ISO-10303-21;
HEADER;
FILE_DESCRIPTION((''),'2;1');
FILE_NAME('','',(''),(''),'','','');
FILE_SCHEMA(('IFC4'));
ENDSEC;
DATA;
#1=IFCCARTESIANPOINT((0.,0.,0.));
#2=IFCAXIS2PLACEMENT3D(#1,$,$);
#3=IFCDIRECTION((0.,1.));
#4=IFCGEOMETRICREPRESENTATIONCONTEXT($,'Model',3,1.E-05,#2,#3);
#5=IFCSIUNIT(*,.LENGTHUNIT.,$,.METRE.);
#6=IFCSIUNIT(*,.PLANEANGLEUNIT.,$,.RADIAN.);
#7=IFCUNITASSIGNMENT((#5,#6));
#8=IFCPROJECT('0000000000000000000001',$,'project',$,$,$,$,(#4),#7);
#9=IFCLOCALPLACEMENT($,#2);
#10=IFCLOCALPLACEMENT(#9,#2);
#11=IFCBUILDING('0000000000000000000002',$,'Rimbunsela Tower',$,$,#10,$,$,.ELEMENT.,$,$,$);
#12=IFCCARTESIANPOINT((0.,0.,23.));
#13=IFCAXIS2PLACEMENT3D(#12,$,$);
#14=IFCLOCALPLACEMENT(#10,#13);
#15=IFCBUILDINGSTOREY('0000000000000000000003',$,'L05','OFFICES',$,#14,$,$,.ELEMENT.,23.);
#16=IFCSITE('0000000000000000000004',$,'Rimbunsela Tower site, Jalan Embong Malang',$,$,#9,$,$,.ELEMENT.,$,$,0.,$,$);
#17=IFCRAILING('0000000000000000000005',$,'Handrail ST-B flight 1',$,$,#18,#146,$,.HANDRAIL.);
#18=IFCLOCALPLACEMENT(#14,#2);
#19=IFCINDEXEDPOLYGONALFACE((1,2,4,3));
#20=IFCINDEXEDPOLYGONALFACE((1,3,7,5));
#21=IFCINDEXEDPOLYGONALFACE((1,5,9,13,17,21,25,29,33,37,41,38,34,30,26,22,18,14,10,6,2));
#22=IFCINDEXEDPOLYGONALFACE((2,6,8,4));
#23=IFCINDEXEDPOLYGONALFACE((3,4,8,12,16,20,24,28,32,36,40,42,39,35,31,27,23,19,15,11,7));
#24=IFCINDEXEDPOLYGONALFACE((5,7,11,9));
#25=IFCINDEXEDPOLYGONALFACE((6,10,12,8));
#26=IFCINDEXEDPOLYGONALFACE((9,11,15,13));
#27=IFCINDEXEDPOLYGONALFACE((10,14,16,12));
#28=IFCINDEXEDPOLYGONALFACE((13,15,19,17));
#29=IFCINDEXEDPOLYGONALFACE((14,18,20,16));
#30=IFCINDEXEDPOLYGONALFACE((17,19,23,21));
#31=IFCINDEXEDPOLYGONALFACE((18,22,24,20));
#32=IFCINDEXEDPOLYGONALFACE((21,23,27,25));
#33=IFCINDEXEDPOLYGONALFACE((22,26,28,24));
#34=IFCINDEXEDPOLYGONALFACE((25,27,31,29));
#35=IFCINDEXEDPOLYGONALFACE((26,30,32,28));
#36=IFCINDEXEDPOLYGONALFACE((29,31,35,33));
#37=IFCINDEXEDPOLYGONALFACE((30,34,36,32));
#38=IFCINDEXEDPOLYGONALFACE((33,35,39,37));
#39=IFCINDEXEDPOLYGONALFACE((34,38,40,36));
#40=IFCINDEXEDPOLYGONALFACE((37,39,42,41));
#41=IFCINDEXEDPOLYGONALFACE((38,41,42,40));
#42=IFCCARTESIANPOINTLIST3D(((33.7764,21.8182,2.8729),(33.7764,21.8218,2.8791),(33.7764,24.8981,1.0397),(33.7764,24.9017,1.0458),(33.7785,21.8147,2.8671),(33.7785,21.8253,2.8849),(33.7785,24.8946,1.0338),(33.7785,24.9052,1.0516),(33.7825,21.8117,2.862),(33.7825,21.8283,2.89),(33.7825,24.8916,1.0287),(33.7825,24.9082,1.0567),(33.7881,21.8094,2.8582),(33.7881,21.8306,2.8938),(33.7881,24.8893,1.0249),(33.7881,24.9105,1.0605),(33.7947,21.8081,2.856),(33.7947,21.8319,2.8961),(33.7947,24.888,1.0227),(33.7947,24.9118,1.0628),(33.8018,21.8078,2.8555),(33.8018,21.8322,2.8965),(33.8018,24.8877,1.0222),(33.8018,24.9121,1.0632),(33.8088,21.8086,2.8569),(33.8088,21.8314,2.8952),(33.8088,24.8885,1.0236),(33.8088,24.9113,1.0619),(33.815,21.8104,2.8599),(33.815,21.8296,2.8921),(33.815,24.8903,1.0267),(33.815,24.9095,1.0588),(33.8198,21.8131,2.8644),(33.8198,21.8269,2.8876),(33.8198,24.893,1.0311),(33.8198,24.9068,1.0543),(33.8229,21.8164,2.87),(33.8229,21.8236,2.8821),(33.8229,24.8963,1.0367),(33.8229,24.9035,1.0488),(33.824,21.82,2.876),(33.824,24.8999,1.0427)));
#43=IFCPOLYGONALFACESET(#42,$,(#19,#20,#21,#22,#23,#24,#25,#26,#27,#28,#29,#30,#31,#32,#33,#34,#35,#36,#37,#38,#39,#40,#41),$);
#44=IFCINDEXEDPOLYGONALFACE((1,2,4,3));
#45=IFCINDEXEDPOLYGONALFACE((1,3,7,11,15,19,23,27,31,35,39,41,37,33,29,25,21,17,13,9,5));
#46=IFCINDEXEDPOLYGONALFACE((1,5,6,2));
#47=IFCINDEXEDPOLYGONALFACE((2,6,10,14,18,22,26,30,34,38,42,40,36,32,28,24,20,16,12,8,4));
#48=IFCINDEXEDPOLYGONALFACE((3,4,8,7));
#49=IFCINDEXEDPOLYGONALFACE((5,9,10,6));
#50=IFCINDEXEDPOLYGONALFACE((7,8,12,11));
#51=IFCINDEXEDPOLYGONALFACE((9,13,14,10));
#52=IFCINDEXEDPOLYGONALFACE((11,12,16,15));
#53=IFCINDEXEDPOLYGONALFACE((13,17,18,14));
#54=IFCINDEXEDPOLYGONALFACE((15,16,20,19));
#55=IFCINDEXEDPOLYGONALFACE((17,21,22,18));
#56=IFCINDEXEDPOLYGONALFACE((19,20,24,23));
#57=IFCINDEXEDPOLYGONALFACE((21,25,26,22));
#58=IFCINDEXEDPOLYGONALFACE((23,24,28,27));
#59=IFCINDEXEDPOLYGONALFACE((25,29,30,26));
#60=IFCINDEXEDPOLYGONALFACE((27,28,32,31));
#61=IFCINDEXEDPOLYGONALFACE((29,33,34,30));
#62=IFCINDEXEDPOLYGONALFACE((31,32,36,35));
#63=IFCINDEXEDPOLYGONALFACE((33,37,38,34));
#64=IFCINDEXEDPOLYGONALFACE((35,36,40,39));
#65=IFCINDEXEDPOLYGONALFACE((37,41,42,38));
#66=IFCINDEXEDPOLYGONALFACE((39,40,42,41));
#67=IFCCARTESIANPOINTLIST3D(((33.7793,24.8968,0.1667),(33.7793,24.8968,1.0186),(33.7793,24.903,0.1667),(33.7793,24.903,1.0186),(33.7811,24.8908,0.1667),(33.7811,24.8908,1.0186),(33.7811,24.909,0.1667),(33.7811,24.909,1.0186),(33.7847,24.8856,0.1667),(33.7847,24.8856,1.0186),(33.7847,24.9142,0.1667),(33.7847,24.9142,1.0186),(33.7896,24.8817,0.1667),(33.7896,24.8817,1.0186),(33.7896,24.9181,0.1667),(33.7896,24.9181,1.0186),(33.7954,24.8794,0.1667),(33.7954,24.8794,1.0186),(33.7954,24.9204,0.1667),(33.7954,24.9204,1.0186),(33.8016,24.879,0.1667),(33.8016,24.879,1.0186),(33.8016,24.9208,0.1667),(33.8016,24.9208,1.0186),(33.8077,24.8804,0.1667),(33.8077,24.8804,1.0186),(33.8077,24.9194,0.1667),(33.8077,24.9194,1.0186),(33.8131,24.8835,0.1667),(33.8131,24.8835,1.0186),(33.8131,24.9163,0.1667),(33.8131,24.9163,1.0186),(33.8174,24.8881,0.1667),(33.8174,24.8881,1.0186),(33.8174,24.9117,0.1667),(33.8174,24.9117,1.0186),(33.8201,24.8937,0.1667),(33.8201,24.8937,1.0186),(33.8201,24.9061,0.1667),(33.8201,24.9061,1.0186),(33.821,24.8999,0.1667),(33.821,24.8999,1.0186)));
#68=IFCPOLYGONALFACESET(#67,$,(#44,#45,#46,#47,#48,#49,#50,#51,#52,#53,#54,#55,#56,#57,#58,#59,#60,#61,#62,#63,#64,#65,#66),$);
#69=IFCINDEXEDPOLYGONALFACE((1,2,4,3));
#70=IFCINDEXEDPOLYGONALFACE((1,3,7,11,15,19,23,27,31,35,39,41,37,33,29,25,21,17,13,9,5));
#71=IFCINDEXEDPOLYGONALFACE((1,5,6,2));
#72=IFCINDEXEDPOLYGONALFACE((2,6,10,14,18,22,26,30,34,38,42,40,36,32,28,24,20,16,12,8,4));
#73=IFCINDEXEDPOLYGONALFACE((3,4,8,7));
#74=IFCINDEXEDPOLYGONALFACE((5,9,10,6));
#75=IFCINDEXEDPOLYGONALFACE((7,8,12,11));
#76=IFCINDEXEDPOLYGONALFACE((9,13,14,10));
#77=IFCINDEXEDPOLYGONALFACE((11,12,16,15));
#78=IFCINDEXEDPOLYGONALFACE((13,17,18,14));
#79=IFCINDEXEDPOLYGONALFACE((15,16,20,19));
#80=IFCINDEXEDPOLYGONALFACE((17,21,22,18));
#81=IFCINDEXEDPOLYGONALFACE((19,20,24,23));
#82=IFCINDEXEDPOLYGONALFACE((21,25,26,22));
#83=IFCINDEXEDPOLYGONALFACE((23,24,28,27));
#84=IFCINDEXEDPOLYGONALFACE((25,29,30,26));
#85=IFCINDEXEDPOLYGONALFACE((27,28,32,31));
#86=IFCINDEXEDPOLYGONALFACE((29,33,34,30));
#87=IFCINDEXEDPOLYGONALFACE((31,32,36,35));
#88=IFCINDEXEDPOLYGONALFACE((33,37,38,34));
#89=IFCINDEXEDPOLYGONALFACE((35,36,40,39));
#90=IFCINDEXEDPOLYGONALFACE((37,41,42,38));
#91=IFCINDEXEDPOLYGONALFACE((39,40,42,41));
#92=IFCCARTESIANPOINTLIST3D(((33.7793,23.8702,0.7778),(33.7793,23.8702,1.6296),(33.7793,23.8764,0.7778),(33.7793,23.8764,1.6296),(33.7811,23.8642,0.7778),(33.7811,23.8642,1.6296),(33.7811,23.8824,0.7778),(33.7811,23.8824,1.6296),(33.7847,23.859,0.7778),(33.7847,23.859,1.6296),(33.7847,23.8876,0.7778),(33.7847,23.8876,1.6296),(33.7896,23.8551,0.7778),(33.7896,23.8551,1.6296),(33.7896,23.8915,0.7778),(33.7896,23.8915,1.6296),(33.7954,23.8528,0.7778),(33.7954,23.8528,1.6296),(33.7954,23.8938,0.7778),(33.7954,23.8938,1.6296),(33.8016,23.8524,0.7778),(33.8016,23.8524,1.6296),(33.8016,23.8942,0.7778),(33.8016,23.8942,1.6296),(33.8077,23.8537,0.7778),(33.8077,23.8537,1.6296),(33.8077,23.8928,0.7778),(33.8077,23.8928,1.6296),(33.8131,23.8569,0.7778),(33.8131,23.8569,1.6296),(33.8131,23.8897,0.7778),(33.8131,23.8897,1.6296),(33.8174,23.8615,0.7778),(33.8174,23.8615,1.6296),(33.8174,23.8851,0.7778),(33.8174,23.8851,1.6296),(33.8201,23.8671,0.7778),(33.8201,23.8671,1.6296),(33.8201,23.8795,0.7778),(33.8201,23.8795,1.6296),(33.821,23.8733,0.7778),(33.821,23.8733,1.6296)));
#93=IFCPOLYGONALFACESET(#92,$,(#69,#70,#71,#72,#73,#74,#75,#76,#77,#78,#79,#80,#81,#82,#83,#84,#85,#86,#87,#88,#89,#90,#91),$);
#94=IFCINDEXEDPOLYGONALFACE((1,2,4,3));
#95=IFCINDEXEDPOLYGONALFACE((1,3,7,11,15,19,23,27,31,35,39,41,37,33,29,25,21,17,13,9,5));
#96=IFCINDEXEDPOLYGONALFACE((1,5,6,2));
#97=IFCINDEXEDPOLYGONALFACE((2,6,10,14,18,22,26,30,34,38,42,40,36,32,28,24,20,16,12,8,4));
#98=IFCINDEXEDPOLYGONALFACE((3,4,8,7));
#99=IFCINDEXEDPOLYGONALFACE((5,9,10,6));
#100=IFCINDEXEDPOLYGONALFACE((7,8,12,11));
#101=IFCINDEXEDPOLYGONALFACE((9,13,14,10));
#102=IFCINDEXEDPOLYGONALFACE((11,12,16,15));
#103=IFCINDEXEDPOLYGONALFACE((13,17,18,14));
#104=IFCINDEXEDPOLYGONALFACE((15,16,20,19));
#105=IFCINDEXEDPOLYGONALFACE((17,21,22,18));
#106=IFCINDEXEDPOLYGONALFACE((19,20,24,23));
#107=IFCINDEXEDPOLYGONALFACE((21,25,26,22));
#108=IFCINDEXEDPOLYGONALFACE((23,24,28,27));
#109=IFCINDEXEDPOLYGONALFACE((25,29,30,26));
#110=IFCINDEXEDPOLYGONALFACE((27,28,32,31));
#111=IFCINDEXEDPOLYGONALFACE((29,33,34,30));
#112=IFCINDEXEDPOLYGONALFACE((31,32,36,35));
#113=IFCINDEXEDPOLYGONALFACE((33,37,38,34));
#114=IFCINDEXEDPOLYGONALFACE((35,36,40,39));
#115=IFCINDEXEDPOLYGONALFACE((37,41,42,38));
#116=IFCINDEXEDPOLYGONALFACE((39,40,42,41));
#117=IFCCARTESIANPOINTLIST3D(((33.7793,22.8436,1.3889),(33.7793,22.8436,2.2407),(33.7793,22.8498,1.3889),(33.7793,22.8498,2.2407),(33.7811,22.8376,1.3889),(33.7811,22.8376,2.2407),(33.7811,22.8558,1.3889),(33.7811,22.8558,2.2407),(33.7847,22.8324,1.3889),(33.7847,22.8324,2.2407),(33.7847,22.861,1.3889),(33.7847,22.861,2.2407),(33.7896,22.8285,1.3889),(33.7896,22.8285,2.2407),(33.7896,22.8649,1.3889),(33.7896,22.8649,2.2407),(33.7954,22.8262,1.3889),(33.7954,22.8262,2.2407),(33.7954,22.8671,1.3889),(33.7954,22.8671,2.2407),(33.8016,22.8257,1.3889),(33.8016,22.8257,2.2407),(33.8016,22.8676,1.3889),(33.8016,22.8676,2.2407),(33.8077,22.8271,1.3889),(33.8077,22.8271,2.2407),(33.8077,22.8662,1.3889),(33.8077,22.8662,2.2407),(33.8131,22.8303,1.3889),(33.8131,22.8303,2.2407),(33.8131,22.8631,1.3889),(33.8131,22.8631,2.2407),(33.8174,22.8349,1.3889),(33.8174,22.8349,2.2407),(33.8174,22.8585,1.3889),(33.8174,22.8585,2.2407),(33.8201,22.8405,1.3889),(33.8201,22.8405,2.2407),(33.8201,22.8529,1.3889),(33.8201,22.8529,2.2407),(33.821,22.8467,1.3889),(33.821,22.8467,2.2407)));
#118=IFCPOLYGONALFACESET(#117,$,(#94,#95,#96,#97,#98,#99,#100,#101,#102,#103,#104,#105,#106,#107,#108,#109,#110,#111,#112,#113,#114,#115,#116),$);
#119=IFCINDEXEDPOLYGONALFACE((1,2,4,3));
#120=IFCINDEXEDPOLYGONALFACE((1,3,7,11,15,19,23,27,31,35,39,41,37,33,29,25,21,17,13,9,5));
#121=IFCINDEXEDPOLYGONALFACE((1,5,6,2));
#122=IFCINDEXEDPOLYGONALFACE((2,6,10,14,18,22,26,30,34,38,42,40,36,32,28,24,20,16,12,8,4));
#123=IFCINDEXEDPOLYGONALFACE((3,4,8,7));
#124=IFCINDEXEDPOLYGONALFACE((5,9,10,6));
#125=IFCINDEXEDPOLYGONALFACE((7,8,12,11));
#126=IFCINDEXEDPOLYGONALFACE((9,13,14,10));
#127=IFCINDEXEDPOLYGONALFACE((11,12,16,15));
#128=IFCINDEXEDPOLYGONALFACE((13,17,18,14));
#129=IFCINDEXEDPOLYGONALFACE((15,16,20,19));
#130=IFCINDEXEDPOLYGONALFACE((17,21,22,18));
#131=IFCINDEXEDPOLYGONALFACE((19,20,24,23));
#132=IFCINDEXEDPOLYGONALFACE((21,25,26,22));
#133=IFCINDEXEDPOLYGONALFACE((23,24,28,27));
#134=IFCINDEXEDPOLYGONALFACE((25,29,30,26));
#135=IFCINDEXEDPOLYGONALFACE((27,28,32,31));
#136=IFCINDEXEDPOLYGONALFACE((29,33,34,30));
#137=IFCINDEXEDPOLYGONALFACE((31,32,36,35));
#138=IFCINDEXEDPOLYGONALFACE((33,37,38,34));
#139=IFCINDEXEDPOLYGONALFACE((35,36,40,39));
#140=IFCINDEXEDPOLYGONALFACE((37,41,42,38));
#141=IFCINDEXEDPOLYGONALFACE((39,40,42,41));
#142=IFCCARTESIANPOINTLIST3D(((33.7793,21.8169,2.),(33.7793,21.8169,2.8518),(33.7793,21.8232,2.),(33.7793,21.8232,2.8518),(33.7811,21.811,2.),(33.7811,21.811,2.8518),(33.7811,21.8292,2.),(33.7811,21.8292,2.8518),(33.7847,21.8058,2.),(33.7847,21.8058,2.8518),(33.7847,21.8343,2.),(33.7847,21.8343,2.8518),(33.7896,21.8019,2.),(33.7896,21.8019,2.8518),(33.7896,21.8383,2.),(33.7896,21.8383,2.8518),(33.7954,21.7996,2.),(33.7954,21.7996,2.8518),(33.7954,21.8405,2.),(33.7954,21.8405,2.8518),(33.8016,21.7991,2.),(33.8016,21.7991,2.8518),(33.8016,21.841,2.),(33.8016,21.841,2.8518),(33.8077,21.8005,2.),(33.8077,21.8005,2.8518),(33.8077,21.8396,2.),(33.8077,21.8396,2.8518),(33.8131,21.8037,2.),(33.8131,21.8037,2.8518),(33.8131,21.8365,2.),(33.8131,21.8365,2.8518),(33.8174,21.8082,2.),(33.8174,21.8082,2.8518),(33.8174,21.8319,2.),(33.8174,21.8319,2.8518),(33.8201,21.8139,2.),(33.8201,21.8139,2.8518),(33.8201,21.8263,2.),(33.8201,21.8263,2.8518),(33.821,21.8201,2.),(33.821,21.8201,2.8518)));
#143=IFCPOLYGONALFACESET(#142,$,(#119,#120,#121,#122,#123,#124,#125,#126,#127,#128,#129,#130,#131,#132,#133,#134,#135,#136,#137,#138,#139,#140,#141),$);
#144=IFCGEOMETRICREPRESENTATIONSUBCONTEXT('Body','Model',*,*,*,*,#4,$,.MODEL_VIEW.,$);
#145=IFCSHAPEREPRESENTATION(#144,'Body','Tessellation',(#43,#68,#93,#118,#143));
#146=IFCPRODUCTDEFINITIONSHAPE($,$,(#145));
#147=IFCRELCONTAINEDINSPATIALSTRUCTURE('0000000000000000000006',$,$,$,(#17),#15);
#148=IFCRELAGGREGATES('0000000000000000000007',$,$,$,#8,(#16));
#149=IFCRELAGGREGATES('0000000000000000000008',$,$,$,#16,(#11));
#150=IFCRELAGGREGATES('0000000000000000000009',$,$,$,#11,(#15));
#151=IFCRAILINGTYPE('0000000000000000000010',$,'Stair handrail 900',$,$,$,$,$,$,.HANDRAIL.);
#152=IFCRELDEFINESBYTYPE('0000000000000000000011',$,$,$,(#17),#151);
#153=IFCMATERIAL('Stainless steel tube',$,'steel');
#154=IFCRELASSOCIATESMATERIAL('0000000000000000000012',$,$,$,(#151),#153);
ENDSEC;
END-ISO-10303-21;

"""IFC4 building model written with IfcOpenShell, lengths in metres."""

from ifc_helpers import new_model, si_unit, direction, frame, origin, origin_2d, place, context, subcontext, project, spatial, circle, extrude, material, type_object, element, save


model = new_model("IFC4")

# Units and contexts
model_context = context("Model", 3, precision=1e-05, world=origin(), true_north=direction((0.0, 1.0)))
body_context = subcontext(model_context, "Body", "Model", "MODEL_VIEW")
ifc_project = project(units=[si_unit("LENGTHUNIT", "METRE"), si_unit("PLANEANGLEUNIT", "RADIAN")], contexts=[model_context])

# Site, building, storey
site_placement = place(None, origin())
site = spatial("IfcSite", under=ifc_project, at=site_placement, Name="Rimbunsela Tower site, Jalan Embong Malang", CompositionType="ELEMENT", RefElevation=0.0)
building_placement = place(site_placement, origin())
building = spatial("IfcBuilding", under=site, at=building_placement, Name="Rimbunsela Tower", CompositionType="ELEMENT")
storey_placement = place(building_placement, frame((0.0, 0.0, 23.0)))
storey = spatial("IfcBuildingStorey", under=building, at=storey_placement, Name="L05", Description="OFFICES", CompositionType="ELEMENT", Elevation=23.0)

# Railing
ifc_material_1 = material(Name="Stainless steel tube", Category="steel")
railing_type = type_object("IfcRailingType", Name="Stair handrail 900", PredefinedType="HANDRAIL", material=ifc_material_1)
railing_1_placement = place(storey_placement, frame((33.8, 24.8999, 0.1667)))
element("IfcRailing", 1, at=railing_1_placement, inside=storey, type_object=railing_type, Name="Handrail ST-B flight 1", PredefinedType="HANDRAIL", context=body_context, shape_type="SweptSolid", body=[
    extrude(circle(Radius=0.0239, at=origin_2d()), frame((0.0, 0.0, 0.876), z_axis=(0.0, -0.859291, 0.511487), x_axis=(1.0, 0.0, 0.0)), (0.0, 0.0, 1.0), 3.5842),
    extrude(circle(Radius=0.021, at=origin_2d()), origin(), (0.0, 0.0, 1.0), 0.8518),
    extrude(circle(Radius=0.021, at=origin_2d()), frame((0.0, -1.0266, 0.6111)), (0.0, 0.0, 1.0), 0.8518),
    extrude(circle(Radius=0.021, at=origin_2d()), frame((0.0, -2.0532, 1.2222)), (0.0, 0.0, 1.0), 0.8518),
    extrude(circle(Radius=0.021, at=origin_2d()), frame((0.0, -3.0798, 1.8333)), (0.0, 0.0, 1.0), 0.8518),
])

save(model, "model.ifc")
